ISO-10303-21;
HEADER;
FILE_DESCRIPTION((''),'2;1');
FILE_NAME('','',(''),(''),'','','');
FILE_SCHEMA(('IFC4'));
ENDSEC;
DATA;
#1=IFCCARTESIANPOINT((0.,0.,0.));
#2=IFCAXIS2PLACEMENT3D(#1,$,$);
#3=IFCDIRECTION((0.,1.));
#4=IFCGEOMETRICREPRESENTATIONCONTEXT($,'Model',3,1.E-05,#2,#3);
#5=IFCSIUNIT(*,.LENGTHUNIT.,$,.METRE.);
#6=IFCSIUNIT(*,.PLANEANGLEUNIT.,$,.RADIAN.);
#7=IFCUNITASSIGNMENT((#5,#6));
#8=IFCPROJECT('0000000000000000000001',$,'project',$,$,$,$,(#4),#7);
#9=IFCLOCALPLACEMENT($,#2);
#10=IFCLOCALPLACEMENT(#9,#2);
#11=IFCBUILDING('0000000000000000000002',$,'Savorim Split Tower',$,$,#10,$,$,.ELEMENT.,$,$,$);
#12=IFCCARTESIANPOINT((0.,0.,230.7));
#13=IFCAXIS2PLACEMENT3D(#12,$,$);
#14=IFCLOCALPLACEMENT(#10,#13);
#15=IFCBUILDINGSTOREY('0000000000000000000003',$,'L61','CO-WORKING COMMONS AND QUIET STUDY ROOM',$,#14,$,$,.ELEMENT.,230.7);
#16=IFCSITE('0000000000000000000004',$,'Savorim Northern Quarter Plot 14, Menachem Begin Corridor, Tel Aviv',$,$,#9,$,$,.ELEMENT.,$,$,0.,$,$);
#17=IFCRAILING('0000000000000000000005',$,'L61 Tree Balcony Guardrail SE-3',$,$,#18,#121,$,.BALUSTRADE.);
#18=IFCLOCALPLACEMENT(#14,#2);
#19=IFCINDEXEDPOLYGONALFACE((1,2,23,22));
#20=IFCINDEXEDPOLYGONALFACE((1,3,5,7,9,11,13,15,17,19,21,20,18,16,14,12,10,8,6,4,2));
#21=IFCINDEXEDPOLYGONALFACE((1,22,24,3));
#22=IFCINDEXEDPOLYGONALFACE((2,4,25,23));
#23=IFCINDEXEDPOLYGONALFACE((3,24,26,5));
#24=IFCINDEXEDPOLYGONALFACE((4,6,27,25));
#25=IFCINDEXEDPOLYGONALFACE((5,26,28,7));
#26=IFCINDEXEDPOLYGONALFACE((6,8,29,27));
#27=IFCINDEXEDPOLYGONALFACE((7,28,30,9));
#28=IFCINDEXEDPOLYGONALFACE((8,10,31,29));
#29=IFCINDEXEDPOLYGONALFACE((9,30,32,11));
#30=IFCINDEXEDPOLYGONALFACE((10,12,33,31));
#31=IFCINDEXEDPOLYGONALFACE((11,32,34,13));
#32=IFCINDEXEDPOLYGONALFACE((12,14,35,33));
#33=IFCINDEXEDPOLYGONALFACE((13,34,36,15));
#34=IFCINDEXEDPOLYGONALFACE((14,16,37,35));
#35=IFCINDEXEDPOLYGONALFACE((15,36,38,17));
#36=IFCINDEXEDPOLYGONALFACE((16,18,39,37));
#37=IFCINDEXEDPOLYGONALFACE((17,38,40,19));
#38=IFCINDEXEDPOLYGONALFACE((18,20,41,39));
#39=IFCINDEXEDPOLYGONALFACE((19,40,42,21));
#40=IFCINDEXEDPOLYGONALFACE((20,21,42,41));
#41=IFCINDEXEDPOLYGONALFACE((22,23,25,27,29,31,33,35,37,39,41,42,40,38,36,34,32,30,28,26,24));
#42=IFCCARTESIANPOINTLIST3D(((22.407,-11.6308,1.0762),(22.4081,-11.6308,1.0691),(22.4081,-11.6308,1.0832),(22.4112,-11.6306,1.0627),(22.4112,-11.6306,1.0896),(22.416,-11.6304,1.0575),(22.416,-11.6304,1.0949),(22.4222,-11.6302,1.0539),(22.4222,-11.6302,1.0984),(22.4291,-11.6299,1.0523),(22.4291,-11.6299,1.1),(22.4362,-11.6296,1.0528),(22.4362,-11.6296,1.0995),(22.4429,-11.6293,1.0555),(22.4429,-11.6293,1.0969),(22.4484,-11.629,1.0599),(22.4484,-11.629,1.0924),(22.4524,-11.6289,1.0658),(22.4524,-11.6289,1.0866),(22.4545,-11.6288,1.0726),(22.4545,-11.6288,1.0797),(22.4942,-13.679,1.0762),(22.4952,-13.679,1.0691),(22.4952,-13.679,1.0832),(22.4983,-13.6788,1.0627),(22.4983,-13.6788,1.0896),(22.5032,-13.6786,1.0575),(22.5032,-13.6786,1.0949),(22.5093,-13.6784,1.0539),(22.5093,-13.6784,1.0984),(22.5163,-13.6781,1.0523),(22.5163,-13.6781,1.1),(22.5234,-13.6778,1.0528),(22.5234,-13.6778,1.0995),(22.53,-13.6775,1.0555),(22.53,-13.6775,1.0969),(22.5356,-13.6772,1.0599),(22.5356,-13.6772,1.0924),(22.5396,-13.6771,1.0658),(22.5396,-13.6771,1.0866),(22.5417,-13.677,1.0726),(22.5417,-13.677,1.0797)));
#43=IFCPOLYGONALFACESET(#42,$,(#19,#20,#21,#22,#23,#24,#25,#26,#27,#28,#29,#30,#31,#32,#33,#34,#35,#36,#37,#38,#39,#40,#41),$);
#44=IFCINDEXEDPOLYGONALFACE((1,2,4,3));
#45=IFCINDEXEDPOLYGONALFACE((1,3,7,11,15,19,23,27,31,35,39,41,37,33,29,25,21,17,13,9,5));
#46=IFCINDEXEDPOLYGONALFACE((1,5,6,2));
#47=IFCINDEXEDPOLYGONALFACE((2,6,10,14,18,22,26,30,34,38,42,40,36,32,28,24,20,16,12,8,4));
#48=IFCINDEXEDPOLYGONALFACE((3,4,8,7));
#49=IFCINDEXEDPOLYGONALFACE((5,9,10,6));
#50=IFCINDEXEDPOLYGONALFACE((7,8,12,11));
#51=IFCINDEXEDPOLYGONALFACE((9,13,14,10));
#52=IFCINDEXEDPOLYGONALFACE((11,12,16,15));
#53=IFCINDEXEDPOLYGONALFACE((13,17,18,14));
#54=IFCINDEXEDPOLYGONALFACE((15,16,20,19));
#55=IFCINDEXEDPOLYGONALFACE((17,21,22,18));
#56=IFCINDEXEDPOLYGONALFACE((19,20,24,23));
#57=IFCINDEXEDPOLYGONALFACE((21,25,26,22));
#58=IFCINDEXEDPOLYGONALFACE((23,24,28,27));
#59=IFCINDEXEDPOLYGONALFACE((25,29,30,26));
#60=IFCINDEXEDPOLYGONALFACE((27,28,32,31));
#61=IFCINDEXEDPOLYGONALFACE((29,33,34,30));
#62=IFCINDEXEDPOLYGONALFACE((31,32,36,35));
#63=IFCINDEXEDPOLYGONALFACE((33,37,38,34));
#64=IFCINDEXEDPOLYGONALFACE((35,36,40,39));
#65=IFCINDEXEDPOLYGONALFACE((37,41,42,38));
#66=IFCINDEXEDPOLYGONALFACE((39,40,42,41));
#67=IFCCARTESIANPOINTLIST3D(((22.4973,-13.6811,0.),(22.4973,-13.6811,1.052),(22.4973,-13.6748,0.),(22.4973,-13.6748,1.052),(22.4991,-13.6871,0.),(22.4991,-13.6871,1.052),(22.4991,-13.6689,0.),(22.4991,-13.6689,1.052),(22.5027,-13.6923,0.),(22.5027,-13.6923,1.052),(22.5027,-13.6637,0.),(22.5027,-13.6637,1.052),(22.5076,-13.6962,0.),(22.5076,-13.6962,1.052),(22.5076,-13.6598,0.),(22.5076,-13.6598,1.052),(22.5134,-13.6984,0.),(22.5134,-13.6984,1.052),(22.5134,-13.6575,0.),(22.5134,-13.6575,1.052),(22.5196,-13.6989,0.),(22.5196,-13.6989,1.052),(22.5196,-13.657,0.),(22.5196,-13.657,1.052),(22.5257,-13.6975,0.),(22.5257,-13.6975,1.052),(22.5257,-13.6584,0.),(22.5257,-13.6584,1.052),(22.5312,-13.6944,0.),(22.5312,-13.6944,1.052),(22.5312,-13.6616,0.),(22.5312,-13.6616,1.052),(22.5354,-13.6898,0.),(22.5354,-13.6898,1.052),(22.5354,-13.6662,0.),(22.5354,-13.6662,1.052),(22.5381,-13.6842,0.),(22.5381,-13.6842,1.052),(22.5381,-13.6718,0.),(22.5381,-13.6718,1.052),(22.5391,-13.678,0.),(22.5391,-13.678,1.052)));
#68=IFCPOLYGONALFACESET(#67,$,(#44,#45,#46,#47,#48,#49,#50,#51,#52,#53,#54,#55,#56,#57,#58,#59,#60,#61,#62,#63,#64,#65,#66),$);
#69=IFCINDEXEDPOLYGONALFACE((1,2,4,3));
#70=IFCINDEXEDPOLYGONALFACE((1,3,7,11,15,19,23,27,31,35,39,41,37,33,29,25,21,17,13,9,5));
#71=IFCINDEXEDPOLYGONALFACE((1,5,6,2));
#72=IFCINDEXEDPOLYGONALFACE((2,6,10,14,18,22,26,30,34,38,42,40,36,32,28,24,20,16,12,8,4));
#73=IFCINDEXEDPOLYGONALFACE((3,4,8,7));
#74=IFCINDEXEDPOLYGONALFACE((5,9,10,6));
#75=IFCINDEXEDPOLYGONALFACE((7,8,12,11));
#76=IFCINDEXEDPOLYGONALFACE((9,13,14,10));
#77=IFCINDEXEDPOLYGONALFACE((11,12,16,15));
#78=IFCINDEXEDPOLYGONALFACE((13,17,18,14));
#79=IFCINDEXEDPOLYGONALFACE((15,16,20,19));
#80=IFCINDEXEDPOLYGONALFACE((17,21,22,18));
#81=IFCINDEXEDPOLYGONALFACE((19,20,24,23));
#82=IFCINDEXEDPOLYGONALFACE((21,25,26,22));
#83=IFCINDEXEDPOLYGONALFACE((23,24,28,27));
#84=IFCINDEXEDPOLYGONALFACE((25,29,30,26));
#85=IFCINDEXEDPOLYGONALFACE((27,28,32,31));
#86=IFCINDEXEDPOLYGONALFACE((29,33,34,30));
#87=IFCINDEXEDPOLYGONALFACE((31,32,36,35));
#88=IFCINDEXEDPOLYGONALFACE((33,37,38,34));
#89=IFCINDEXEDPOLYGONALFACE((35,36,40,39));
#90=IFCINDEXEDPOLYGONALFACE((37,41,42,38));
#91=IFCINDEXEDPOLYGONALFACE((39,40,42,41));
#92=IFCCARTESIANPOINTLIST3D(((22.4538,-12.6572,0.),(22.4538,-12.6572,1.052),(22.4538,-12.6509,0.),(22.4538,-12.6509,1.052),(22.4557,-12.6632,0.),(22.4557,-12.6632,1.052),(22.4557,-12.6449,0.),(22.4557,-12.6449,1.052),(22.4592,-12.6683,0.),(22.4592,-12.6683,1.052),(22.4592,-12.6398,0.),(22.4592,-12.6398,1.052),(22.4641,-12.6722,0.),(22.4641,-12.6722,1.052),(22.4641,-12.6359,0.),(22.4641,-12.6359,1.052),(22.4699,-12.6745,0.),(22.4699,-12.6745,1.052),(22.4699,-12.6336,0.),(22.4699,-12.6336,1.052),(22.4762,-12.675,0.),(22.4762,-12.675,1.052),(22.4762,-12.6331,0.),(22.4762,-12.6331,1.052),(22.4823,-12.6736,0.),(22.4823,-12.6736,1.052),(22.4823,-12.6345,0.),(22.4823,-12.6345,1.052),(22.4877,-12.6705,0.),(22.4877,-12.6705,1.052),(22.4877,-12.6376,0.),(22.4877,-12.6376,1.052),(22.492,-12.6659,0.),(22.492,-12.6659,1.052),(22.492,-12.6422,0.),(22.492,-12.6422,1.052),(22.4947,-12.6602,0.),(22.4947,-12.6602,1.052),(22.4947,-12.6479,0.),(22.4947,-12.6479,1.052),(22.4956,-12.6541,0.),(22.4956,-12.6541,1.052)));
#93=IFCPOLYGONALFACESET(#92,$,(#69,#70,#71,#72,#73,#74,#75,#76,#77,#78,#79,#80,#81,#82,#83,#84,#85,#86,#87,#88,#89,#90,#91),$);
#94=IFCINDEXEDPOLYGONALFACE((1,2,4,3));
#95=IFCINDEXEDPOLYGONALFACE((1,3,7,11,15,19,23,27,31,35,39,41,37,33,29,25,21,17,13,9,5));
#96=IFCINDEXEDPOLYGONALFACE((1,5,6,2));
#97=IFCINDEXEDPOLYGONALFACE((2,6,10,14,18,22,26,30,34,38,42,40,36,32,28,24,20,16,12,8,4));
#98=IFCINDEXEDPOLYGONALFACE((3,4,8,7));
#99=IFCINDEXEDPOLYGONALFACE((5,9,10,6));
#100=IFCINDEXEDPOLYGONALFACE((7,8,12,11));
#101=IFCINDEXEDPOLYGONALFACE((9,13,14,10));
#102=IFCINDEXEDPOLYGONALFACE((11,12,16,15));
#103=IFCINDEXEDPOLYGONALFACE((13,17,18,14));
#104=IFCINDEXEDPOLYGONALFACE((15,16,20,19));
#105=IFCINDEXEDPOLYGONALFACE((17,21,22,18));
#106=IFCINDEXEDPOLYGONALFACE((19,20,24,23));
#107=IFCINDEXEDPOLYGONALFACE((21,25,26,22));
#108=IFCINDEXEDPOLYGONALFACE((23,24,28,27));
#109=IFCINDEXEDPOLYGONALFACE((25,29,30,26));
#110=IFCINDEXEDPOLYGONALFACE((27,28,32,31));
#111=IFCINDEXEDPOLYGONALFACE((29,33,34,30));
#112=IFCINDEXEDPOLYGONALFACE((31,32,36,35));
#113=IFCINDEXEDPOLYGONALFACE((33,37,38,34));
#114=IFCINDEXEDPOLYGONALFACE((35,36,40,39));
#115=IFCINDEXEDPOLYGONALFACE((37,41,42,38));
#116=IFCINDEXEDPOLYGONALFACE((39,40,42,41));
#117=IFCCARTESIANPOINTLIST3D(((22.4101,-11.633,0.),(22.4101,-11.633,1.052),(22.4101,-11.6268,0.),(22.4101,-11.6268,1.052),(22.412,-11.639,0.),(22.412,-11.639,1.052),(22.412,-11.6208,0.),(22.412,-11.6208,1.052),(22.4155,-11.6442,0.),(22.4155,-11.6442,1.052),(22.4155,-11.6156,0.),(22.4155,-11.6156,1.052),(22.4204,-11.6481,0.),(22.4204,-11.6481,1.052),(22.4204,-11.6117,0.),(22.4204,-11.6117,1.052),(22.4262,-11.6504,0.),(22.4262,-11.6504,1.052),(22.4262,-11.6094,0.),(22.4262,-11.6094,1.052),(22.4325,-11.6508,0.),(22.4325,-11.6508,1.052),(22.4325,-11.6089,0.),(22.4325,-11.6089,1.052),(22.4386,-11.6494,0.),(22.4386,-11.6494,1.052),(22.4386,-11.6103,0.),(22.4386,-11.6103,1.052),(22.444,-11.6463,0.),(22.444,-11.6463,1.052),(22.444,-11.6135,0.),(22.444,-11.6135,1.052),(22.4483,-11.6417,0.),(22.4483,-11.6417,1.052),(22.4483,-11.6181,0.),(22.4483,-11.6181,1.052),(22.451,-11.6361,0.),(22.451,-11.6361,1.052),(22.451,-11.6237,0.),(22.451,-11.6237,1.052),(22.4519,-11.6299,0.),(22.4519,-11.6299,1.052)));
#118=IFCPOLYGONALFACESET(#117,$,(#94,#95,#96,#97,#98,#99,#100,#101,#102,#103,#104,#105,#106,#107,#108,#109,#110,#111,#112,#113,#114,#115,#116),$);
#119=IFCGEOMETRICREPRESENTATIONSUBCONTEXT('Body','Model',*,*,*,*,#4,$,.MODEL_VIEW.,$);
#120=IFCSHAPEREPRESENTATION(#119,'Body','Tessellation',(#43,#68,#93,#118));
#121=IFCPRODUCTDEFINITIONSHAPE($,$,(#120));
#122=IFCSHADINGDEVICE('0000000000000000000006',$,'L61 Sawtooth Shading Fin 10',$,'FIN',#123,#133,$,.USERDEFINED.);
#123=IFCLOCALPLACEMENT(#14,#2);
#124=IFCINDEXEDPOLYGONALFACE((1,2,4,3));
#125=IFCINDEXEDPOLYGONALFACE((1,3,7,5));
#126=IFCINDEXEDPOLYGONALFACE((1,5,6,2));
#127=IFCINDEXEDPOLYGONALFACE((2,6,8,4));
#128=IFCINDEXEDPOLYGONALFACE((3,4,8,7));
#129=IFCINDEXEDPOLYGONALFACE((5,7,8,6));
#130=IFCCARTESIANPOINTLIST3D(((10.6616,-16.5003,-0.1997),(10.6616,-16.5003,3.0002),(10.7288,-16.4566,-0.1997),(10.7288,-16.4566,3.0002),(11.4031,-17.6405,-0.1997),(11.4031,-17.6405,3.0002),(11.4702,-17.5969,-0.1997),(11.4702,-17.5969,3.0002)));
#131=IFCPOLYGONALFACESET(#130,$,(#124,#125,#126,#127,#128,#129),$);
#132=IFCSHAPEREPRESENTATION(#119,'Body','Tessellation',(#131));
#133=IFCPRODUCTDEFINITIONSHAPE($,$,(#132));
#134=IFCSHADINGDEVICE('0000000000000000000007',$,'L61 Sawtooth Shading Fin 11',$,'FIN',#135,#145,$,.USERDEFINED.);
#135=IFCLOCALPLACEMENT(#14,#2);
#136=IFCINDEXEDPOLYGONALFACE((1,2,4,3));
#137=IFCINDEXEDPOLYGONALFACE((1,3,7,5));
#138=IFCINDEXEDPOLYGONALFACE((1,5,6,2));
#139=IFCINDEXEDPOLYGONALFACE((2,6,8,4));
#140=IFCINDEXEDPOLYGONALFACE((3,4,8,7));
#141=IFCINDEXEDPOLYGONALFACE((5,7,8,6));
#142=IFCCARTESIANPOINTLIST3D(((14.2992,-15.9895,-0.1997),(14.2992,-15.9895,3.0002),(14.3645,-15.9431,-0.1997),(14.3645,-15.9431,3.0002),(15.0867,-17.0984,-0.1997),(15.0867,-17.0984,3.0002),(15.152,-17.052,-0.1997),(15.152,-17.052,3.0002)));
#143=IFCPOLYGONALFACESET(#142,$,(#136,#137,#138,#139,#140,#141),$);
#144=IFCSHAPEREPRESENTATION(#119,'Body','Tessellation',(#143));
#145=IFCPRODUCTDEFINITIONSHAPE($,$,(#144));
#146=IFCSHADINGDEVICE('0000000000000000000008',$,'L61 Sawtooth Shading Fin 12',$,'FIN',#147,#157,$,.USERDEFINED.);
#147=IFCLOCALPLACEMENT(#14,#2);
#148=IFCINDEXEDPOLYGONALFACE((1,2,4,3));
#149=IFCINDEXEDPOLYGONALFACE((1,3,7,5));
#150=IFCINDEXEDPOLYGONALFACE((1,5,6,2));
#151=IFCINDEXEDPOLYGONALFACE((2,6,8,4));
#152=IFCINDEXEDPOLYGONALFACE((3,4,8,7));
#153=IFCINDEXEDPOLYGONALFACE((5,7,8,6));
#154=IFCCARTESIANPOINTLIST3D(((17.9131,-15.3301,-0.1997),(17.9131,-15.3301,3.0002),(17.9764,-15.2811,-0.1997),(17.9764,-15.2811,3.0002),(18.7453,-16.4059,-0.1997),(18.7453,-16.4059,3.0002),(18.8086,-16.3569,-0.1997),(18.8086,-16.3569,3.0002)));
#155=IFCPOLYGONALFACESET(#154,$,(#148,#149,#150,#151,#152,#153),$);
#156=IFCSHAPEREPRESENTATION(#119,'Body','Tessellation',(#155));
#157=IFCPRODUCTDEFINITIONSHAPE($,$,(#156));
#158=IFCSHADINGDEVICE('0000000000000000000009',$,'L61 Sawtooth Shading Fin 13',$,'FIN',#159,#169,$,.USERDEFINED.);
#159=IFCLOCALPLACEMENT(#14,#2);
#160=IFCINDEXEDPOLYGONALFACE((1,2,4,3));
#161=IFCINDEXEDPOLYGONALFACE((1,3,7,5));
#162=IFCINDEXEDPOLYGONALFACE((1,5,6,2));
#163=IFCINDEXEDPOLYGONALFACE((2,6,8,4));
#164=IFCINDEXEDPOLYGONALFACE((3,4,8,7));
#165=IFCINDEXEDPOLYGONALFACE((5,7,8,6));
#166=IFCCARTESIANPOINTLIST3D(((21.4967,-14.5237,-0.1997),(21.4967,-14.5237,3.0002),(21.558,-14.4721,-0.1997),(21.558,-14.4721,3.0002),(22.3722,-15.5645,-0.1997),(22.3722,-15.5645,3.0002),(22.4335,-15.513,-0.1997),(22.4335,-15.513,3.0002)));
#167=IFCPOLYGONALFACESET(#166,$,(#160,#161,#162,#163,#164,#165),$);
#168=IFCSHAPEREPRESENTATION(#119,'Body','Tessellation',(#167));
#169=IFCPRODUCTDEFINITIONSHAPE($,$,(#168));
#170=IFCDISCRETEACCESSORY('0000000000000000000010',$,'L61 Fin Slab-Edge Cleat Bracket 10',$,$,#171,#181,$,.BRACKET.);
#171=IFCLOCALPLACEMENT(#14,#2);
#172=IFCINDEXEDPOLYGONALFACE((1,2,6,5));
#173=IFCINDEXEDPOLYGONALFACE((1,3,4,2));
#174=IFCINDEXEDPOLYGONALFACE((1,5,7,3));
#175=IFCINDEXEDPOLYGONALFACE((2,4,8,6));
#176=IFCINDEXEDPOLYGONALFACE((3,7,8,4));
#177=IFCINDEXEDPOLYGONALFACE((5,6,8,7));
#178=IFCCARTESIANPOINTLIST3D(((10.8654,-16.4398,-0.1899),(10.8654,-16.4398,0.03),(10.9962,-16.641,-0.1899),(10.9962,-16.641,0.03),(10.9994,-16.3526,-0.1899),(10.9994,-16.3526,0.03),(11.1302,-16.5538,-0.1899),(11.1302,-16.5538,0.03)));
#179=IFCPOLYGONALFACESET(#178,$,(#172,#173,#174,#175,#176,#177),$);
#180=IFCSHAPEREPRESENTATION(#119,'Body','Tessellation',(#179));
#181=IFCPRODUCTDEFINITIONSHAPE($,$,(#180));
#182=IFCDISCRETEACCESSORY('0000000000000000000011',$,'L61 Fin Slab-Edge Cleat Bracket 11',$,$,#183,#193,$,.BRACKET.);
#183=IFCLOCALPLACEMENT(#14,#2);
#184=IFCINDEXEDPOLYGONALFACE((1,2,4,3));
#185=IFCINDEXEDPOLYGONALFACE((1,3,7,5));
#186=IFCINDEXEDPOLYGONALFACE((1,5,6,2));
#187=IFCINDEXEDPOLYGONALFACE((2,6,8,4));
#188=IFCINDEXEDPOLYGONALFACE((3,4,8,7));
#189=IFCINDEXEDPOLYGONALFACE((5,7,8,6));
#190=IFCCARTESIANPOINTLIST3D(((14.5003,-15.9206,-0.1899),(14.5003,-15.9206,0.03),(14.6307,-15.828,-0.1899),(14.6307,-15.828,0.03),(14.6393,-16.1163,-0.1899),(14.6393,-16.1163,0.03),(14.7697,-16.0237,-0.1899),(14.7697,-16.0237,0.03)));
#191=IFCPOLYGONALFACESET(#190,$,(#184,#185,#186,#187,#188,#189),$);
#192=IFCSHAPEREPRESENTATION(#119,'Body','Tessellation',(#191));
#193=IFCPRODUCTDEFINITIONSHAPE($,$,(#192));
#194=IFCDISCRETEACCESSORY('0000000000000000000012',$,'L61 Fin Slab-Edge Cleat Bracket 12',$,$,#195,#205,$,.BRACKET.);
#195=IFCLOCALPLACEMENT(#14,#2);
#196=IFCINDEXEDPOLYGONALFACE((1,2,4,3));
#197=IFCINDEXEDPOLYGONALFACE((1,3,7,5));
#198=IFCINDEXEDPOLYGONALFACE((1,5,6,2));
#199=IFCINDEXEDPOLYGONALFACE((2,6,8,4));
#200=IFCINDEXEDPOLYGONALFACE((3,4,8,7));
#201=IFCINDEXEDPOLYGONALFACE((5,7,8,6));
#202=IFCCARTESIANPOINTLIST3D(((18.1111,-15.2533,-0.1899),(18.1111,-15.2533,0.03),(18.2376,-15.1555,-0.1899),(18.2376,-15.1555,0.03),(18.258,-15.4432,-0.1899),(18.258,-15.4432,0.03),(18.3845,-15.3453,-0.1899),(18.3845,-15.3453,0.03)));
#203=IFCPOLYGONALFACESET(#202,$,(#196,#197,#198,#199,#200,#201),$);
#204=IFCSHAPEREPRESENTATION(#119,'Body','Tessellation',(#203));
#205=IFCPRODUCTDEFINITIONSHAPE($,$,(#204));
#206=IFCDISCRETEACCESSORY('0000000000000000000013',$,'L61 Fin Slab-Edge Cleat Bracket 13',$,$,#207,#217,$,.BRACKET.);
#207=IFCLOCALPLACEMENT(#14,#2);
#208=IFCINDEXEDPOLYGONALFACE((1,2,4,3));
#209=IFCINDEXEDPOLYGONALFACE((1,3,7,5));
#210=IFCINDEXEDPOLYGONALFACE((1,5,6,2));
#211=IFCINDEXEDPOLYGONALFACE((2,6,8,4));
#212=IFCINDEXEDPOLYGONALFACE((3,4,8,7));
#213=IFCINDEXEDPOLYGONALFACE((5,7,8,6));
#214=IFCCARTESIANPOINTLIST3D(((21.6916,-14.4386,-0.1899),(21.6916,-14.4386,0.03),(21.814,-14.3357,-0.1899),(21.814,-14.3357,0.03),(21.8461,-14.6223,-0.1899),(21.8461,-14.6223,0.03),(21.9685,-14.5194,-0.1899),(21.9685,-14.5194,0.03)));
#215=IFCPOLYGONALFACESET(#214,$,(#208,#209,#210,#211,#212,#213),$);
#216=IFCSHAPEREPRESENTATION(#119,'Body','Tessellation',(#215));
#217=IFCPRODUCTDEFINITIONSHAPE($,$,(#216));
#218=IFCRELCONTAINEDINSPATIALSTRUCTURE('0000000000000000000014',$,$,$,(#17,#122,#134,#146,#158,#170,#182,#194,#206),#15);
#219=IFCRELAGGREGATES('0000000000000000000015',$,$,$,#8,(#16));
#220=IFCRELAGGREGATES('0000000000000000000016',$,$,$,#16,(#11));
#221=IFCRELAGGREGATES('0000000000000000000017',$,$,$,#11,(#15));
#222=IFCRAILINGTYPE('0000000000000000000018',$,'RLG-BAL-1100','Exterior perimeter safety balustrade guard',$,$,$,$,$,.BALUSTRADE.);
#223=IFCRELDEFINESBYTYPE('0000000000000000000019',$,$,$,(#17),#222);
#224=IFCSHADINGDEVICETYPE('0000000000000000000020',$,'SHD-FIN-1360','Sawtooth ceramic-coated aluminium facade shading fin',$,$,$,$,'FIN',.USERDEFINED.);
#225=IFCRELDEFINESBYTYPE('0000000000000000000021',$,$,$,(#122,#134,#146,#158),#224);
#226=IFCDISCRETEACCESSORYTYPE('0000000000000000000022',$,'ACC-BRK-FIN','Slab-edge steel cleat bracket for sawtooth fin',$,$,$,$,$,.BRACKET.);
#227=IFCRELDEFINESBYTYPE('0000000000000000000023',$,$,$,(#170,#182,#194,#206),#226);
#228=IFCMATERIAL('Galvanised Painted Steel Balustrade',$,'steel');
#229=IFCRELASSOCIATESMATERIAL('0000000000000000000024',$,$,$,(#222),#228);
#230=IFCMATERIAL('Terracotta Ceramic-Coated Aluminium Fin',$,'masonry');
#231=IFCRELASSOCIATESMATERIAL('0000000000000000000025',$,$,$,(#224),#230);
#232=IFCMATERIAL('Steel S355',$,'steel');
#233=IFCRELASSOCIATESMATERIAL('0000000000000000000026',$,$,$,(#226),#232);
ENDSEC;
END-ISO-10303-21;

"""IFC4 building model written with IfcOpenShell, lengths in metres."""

from ifc_helpers import new_model, si_unit, direction, frame, origin, origin_2d, place, context, subcontext, project, spatial, rectangle, circle, extrude, material, type_object, element, save


model = new_model("IFC4")

# Units and contexts
model_context = context("Model", 3, precision=1e-05, world=origin(), true_north=direction((0.0, 1.0)))
body_context = subcontext(model_context, "Body", "Model", "MODEL_VIEW")
ifc_project = project(units=[si_unit("LENGTHUNIT", "METRE"), si_unit("PLANEANGLEUNIT", "RADIAN")], contexts=[model_context])

# Site, building, storey
site_placement = place(None, origin())
site = spatial("IfcSite", under=ifc_project, at=site_placement, Name="Savorim Northern Quarter Plot 14, Menachem Begin Corridor, Tel Aviv", CompositionType="ELEMENT", RefElevation=0.0)
building_placement = place(site_placement, origin())
building = spatial("IfcBuilding", under=site, at=building_placement, Name="Savorim Split Tower", CompositionType="ELEMENT")
storey_placement = place(building_placement, frame((0.0, 0.0, 230.7)))
storey = spatial("IfcBuildingStorey", under=building, at=storey_placement, Name="L61", Description="CO-WORKING COMMONS AND QUIET STUDY ROOM", CompositionType="ELEMENT", Elevation=230.7)

# Shared definitions
ifc_material_1 = material(Name="Steel S355", Category="steel")

# Railing
ifc_material_2 = material(Name="Galvanised Painted Steel Balustrade", Category="steel")
railing_type = type_object("IfcRailingType", Name="RLG-BAL-1100", Description="Exterior perimeter safety balustrade guard", PredefinedType="BALUSTRADE", material=ifc_material_2)
railing_1_placement = place(storey_placement, frame((22.5181, -13.678, 0.0)))
element("IfcRailing", 1, at=railing_1_placement, inside=storey, type_object=railing_type, Name="L61 Tree Balcony Guardrail SE-3", PredefinedType="BALUSTRADE", context=body_context, shape_type="SweptSolid", body=[
    extrude(circle(Radius=0.0239, at=origin_2d()), frame((0.0, 0.0, 1.0762), z_axis=(-0.042517, 0.999096, 0.0), x_axis=(-0.999096, -0.042517, 0.0)), (0.0, 0.0, 1.0), 2.05),
    extrude(circle(Radius=0.021, at=origin_2d()), origin(), (0.0, 0.0, 1.0), 1.052),
    extrude(circle(Radius=0.021, at=origin_2d()), frame((-0.0435, 1.0239, 0.0)), (0.0, 0.0, 1.0), 1.052),
    extrude(circle(Radius=0.021, at=origin_2d()), frame((-0.0872, 2.0481, 0.0)), (0.0, 0.0, 1.0), 1.052),
])

# Shading devices
ifc_material_3 = material(Name="Terracotta Ceramic-Coated Aluminium Fin", Category="masonry")
shading_device_type = type_object("IfcShadingDeviceType", Name="SHD-FIN-1360", Description="Sawtooth ceramic-coated aluminium facade shading fin", ElementType="FIN", PredefinedType="USERDEFINED", material=ifc_material_3)
for number, where, z_axis, x_axis, name in (
    (2, (11.0659, -17.0486, -0.1997), (0.0, 0.0, 1.0), (0.545148, -0.83834, 0.0), "L61 Sawtooth Shading Fin 10"),
    (3, (14.7256, -16.5208, -0.1997), (0.0, 0.0, 1.0), (0.578994, -0.815332, 0.0), "L61 Sawtooth Shading Fin 11"),
    (4, (18.3608, -15.8435, -0.1997), (0.0, 0.0, 1.0), (0.611868, -0.79096, 0.0), "L61 Sawtooth Shading Fin 12"),
    (5, (21.9651, -15.0183, -0.1997), (0.0, 0.0, 1.0), (0.643719, -0.765262, 0.0), "L61 Sawtooth Shading Fin 13"),
):
    element("IfcShadingDevice", number, at=place(storey_placement, frame(where, z_axis=z_axis, x_axis=x_axis)), inside=storey, type_object=shading_device_type, Name=name, ObjectType="FIN", PredefinedType="USERDEFINED", context=body_context, shape_type="SweptSolid", body=[
        extrude(rectangle(XDim=1.3601, YDim=0.0801, at=origin_2d()), origin(), (0.0, 0.0, 1.0), 3.2),
    ])

# Discrete accessories
discrete_accessory_type_1 = type_object("IfcDiscreteAccessoryType", Name="ACC-BRK-FIN", Description="Slab-edge steel cleat bracket for sawtooth fin", PredefinedType="BRACKET", material=ifc_material_1)
for number, where, z_axis, x_axis, name in (
    (6, (10.9978, -16.4968, -0.1899), (0.0, 0.0, 1.0), (0.545148, -0.83834, 0.0), "L61 Fin Slab-Edge Cleat Bracket 10"),
    (7, (14.635, -15.9722, -0.1899), (0.0, 0.0, 1.0), (0.578994, -0.815332, 0.0), "L61 Fin Slab-Edge Cleat Bracket 11"),
    (8, (18.2478, -15.2993, -0.1899), (0.0, 0.0, 1.0), (0.611868, -0.79096, 0.0), "L61 Fin Slab-Edge Cleat Bracket 12"),
    (9, (21.8301, -14.479, -0.1899), (0.0, 0.0, 1.0), (0.643719, -0.765262, 0.0), "L61 Fin Slab-Edge Cleat Bracket 13"),
):
    element("IfcDiscreteAccessory", number, at=place(storey_placement, frame(where, z_axis=z_axis, x_axis=x_axis)), inside=storey, type_object=discrete_accessory_type_1, Name=name, PredefinedType="BRACKET", context=body_context, shape_type="SweptSolid", body=[
        extrude(rectangle(XDim=0.24, YDim=0.1599, at=origin_2d()), origin(), (0.0, 0.0, 1.0), 0.22),
    ])

save(model, "model.ifc")
